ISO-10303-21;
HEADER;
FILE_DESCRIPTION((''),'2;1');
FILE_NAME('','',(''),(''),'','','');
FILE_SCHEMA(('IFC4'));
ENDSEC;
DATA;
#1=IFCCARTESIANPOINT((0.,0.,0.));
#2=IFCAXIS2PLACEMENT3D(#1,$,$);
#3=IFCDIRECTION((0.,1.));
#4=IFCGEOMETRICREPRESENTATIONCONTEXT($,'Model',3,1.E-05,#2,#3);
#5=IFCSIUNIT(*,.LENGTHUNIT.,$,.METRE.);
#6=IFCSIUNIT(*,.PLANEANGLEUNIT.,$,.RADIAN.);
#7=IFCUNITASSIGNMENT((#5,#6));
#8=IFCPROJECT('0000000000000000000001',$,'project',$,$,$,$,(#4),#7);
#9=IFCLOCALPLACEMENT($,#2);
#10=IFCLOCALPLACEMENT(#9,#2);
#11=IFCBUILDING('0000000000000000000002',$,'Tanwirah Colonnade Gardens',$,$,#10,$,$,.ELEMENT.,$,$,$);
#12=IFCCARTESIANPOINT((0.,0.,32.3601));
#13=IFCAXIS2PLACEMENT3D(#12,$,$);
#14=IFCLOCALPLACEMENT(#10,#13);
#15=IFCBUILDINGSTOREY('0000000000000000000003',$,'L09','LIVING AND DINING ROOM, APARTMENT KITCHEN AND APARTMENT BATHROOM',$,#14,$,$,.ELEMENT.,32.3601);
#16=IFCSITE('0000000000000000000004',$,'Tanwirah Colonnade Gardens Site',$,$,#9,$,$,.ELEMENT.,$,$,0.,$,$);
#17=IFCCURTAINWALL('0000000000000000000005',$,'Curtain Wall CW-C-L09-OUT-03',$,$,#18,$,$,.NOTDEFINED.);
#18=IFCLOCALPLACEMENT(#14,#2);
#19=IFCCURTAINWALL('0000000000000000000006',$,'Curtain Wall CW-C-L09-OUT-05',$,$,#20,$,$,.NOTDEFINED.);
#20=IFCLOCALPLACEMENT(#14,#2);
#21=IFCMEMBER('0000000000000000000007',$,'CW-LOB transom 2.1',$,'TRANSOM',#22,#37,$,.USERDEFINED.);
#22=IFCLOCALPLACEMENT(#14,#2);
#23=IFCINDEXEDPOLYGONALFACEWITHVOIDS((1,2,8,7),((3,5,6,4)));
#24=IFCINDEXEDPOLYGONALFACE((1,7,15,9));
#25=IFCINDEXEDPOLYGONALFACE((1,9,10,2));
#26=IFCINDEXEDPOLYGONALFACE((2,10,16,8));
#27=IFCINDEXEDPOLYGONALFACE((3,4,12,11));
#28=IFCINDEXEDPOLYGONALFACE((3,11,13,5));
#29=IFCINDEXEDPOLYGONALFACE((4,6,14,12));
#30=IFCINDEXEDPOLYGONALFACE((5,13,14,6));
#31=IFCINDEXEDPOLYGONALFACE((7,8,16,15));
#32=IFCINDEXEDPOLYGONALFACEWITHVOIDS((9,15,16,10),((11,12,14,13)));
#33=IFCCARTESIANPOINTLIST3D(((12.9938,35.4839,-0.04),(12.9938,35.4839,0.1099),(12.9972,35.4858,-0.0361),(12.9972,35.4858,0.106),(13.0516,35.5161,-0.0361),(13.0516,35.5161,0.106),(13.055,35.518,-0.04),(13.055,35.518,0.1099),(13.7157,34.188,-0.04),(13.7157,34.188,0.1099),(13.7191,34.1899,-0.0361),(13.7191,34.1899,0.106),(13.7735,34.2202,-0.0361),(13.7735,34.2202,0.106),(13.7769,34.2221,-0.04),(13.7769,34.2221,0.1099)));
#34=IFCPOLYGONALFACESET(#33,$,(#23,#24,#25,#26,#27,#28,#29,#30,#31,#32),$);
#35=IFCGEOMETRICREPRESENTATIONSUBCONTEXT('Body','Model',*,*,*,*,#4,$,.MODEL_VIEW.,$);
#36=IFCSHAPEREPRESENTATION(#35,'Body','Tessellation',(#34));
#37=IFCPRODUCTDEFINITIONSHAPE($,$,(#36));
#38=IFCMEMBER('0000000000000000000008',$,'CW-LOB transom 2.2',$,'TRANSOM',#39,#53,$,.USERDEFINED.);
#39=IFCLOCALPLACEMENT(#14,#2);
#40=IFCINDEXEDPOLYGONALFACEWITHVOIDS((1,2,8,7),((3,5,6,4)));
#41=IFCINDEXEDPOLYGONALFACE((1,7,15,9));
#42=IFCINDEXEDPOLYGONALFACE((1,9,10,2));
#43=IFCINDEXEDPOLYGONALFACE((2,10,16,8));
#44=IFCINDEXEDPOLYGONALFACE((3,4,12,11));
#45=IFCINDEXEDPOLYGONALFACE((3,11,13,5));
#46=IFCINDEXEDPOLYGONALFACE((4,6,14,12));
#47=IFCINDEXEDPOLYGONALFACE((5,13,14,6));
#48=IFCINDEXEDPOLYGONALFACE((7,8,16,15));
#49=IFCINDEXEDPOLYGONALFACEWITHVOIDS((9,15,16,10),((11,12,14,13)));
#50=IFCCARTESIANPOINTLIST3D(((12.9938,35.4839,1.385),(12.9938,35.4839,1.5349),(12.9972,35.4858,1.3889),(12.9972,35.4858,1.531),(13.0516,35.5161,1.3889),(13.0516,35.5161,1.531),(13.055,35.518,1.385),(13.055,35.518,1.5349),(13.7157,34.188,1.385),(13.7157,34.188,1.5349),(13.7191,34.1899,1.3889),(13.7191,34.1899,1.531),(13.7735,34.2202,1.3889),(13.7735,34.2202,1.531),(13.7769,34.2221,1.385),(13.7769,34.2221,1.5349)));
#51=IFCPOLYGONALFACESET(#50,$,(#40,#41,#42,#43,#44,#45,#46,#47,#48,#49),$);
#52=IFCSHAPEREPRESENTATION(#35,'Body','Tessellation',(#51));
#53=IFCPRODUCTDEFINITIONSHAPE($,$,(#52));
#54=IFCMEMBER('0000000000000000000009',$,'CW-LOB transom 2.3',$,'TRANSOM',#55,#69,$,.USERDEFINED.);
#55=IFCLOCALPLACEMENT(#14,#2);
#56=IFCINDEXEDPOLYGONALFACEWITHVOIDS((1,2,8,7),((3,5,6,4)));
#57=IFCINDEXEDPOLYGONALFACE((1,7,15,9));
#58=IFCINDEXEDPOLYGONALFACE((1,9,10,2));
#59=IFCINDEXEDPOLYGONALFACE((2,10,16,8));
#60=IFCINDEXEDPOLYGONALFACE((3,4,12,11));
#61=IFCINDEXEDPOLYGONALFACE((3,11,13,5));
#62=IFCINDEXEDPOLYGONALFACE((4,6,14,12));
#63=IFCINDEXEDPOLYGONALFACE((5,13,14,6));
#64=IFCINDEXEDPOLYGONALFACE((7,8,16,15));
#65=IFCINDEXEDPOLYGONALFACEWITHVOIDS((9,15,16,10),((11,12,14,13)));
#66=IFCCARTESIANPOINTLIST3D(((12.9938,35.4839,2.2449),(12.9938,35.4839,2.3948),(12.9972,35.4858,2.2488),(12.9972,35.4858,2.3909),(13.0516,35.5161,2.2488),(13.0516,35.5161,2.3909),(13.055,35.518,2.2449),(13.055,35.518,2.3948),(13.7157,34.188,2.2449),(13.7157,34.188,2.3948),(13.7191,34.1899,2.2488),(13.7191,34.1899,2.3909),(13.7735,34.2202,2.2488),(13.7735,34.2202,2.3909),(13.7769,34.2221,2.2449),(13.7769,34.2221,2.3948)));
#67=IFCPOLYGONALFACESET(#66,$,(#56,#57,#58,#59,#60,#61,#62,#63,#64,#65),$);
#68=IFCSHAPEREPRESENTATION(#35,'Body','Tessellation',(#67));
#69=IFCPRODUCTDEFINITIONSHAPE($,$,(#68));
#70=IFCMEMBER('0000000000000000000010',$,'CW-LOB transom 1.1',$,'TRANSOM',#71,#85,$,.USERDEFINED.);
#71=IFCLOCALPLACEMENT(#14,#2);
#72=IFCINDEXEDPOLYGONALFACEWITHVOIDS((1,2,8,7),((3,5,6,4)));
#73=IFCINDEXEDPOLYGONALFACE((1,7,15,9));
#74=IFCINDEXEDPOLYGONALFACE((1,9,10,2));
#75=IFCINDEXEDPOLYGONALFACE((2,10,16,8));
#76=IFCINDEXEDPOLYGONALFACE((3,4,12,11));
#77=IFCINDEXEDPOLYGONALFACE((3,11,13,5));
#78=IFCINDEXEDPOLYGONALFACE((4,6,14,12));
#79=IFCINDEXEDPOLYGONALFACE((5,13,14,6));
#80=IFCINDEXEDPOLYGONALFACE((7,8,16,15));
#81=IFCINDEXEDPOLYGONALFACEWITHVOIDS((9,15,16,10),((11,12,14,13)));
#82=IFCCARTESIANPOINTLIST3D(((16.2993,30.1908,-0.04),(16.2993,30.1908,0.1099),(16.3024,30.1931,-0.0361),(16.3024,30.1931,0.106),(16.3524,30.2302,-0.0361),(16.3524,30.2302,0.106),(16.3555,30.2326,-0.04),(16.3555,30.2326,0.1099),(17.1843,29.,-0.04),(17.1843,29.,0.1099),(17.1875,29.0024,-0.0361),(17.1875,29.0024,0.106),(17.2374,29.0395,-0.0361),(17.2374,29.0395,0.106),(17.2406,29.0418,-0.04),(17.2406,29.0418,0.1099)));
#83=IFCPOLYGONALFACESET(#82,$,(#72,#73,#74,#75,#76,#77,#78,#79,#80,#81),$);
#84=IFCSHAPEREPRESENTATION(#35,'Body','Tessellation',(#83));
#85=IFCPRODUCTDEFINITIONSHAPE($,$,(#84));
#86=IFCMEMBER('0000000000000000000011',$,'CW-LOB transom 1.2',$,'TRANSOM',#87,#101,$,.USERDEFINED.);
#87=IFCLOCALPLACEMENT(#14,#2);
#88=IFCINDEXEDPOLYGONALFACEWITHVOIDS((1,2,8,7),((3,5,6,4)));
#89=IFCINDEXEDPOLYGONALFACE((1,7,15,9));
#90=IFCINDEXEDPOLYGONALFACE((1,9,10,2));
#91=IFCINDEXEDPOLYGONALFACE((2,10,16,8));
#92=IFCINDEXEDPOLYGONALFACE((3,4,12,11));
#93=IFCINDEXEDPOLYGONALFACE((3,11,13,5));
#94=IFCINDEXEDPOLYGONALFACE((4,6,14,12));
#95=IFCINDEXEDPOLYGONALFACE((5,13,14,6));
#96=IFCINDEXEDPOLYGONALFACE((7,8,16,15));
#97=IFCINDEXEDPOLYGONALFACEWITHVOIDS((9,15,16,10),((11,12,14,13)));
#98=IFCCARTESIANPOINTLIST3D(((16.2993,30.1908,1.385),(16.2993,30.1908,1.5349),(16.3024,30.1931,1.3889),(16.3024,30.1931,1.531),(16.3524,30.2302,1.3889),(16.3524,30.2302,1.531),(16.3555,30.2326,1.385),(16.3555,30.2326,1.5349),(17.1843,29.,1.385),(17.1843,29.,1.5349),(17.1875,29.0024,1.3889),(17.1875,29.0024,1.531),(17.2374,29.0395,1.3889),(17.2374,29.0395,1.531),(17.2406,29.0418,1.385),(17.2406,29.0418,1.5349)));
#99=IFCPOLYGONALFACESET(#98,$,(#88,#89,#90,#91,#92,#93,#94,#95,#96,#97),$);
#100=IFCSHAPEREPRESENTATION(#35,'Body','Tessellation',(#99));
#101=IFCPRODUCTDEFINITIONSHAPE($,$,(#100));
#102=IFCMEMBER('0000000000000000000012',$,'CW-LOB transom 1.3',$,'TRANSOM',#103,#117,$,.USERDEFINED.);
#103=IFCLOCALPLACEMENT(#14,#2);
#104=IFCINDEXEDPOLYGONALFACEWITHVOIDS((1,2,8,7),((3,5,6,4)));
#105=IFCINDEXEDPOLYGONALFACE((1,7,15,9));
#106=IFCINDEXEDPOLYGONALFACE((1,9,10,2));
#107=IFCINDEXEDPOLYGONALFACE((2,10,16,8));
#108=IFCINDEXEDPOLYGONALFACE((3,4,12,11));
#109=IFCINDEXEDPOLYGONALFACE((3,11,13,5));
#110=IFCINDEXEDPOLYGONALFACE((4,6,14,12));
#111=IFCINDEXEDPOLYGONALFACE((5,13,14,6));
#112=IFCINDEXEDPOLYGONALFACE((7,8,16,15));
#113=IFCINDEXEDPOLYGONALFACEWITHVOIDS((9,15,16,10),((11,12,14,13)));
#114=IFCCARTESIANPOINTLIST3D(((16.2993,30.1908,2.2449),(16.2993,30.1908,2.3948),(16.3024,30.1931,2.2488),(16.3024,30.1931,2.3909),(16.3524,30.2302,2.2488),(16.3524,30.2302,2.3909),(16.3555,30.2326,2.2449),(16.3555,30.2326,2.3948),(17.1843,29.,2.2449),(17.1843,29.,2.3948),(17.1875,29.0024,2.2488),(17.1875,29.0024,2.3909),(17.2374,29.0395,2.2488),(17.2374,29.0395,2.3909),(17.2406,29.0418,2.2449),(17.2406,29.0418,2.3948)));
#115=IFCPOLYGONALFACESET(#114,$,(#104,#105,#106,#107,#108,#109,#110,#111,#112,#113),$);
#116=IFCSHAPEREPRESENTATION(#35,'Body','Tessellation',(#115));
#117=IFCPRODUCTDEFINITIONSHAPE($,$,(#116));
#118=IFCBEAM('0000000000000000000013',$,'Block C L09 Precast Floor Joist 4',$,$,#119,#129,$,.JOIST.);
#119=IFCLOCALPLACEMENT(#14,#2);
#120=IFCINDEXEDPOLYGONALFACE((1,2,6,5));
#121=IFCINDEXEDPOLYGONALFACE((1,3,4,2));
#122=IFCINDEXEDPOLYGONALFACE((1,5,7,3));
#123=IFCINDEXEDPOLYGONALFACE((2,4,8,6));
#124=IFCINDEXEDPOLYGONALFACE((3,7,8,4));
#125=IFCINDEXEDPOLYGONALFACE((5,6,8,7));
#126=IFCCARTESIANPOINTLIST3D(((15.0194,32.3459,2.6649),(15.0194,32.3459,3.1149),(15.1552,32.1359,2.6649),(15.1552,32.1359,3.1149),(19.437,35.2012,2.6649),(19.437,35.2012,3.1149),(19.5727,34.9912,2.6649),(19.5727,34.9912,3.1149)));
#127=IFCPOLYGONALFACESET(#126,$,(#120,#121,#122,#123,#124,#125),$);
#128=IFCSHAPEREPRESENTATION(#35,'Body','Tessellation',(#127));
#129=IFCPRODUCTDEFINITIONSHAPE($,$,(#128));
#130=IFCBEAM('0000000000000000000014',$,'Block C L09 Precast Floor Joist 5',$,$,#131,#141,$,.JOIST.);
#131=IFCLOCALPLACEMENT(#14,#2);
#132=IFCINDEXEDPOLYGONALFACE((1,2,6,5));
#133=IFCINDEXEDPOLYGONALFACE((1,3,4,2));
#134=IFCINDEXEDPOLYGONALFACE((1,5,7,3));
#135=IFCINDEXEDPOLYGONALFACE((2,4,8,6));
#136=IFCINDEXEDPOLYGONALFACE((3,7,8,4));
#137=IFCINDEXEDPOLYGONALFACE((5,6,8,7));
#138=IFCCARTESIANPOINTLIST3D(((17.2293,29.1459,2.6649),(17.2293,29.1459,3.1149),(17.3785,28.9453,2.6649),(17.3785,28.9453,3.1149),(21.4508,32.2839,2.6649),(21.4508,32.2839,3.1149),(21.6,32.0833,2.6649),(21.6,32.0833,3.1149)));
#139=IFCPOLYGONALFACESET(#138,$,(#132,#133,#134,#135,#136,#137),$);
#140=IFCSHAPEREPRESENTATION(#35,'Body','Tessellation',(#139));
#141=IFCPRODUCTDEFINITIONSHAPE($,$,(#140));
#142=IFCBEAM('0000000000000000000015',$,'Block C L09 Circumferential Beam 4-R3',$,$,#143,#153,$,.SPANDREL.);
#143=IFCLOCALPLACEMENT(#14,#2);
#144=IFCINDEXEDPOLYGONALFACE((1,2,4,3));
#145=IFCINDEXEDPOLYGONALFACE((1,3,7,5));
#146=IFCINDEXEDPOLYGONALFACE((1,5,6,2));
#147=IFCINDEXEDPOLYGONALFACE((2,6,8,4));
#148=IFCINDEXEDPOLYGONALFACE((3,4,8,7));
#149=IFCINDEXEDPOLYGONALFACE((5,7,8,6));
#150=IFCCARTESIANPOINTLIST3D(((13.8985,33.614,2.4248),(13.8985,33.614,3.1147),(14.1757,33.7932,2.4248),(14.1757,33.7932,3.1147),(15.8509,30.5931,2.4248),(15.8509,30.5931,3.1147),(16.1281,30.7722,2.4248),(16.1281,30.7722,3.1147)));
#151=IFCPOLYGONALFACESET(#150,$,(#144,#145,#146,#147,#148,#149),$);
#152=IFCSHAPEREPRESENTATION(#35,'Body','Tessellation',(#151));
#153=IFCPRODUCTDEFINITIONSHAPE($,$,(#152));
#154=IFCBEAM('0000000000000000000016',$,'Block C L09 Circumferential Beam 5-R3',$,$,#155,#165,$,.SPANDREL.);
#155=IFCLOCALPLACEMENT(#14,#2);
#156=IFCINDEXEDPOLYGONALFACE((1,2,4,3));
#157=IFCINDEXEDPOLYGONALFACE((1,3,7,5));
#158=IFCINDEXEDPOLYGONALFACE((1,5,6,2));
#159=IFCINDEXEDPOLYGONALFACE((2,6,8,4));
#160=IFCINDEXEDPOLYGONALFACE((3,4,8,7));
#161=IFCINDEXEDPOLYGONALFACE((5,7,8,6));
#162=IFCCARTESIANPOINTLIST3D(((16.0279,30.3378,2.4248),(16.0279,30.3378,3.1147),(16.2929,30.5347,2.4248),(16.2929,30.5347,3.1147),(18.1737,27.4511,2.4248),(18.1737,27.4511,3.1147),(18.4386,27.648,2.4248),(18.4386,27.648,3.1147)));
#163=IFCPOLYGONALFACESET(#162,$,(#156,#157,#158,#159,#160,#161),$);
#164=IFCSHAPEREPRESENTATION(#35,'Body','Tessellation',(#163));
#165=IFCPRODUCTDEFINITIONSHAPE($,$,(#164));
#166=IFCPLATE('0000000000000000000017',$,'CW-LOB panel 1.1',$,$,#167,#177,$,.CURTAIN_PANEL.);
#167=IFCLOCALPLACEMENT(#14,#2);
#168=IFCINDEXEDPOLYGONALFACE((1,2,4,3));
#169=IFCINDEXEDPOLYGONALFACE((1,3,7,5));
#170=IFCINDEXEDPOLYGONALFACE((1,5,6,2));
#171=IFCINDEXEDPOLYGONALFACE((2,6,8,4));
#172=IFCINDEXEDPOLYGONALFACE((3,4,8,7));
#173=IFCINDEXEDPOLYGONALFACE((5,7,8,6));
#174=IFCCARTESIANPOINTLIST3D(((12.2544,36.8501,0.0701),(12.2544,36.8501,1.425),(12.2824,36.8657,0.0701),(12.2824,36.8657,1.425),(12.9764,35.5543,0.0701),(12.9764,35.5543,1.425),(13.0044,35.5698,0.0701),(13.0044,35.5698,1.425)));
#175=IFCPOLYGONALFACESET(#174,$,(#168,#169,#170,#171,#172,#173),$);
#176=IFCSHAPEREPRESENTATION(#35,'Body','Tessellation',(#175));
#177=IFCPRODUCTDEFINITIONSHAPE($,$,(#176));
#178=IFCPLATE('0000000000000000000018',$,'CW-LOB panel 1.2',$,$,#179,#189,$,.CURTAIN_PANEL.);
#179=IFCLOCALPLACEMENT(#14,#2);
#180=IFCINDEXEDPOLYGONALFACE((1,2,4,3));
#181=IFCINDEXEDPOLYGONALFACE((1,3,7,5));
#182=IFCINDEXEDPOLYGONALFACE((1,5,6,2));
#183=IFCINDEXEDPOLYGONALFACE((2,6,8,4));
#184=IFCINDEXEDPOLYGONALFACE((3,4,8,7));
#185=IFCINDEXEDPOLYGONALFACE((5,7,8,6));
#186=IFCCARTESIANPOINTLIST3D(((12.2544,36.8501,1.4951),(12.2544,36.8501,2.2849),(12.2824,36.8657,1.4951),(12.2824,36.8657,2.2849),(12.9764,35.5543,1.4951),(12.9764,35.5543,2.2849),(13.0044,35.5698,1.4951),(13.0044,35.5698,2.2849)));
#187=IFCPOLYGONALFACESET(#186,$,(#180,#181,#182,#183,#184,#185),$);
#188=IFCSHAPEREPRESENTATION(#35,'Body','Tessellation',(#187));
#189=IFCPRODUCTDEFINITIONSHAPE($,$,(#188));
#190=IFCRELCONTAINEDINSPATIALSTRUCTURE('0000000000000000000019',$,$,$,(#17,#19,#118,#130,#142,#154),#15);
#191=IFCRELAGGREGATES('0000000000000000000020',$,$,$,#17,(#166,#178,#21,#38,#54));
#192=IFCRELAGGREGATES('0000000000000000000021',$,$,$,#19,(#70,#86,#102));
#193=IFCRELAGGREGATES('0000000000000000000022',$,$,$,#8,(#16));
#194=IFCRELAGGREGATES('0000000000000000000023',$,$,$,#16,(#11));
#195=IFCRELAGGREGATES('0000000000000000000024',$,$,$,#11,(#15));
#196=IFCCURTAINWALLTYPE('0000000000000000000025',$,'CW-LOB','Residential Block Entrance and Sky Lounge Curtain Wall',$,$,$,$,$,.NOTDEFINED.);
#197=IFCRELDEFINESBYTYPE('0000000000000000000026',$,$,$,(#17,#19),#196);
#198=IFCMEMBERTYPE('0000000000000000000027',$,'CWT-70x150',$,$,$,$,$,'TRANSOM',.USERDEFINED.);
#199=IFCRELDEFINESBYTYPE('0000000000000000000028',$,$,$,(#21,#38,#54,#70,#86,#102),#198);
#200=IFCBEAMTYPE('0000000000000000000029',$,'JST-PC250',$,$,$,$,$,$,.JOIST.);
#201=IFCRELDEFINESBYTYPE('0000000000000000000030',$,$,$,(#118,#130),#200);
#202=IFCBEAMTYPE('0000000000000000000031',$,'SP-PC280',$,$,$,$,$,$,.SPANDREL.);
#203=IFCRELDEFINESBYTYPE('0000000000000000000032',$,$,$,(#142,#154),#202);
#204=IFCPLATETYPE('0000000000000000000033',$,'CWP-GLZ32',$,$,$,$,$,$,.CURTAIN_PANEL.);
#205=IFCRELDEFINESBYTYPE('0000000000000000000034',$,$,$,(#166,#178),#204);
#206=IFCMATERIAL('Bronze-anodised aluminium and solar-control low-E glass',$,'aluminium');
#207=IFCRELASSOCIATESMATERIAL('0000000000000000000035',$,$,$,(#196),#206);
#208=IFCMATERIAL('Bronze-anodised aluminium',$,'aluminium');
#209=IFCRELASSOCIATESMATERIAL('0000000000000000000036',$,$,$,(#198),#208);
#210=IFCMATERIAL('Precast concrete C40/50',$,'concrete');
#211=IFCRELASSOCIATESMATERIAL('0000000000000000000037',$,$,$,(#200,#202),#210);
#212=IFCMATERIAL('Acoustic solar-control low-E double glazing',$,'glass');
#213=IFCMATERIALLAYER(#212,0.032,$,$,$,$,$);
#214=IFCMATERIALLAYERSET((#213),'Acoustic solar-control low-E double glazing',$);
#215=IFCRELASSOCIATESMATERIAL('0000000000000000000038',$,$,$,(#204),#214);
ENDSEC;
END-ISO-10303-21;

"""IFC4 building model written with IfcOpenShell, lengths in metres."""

from ifc_helpers import new_model, si_unit, direction, frame, origin, origin_2d, place, context, subcontext, project, spatial, rectangle, hollow_rectangle, extrude, material, layer, layer_set, material_profile, profile_set, type_object, element, aggregate, save


model = new_model("IFC4")

# Units and contexts
model_context = context("Model", 3, precision=1e-05, world=origin(), true_north=direction((0.0, 1.0)))
body_context = subcontext(model_context, "Body", "Model", "MODEL_VIEW")
ifc_project = project(units=[si_unit("LENGTHUNIT", "METRE"), si_unit("PLANEANGLEUNIT", "RADIAN")], contexts=[model_context])

# Site, building, storey
site_placement = place(None, origin())
site = spatial("IfcSite", under=ifc_project, at=site_placement, Name="Tanwirah Colonnade Gardens Site", CompositionType="ELEMENT", RefElevation=0.0)
building_placement = place(site_placement, origin())
building = spatial("IfcBuilding", under=site, at=building_placement, Name="Tanwirah Colonnade Gardens", CompositionType="ELEMENT")
storey_placement = place(building_placement, frame((0.0, 0.0, 32.3601)))
storey = spatial("IfcBuildingStorey", under=building, at=storey_placement, Name="L09", Description="LIVING AND DINING ROOM, APARTMENT KITCHEN AND APARTMENT BATHROOM", CompositionType="ELEMENT", Elevation=32.3601)

# Shared definitions
ifc_material_1 = material(Name="Precast concrete C40/50", Category="concrete")

# Curtain wall
ifc_material_2 = material(Name="Bronze-anodised aluminium and solar-control low-E glass", Category="aluminium")
curtain_wall_type = type_object("IfcCurtainWallType", Name="CW-LOB", Description="Residential Block Entrance and Sky Lounge Curtain Wall", PredefinedType="NOTDEFINED", material=ifc_material_2)
curtain_wall_1_placement = place(storey_placement, origin())
curtain_wall_1 = element("IfcCurtainWall", 1, at=curtain_wall_1_placement, inside=storey, type_object=curtain_wall_type, Name="Curtain Wall CW-C-L09-OUT-03", PredefinedType="NOTDEFINED")
ifc_material_3 = material(Name="Bronze-anodised aluminium", Category="aluminium")

# Curtain wall
curtain_wall_2_placement = place(storey_placement, origin())
curtain_wall_2 = element("IfcCurtainWall", 2, at=curtain_wall_2_placement, inside=storey, type_object=curtain_wall_type, Name="Curtain Wall CW-C-L09-OUT-05", PredefinedType="NOTDEFINED")

# Members
ifc_material_profile_1 = material_profile(ifc_material_3, hollow_rectangle(XDim=0.0701, YDim=0.1499, WallThickness=0.0039, at=origin_2d()), Name="CW-TRN 70x150x4")
ifc_profile_set_1 = profile_set([ifc_material_profile_1], Name="Bronze-anodised aluminium")
member_type_1 = type_object("IfcMemberType", Name="CWT-70x150", ElementType="TRANSOM", PredefinedType="USERDEFINED", material=ifc_profile_set_1)
member_1_placement = place(storey_placement, frame((13.0244, 35.501, 0.0349), z_axis=(0.486663, -0.87359, 0.0), x_axis=(0.87359, 0.486663, 0.0)))
member_1 = element("IfcMember", 3, at=member_1_placement, type_object=member_type_1, Name="CW-LOB transom 2.1", ObjectType="TRANSOM", PredefinedType="USERDEFINED", context=body_context, shape_type="SweptSolid", body=[
    extrude(hollow_rectangle(XDim=0.0701, YDim=0.1499, WallThickness=0.0039, at=origin_2d()), origin(), (0.0, 0.0, 1.0), 1.4834),
])
member_2_placement = place(storey_placement, frame((13.0244, 35.501, 1.46), z_axis=(0.486663, -0.87359, 0.0), x_axis=(0.87359, 0.486663, 0.0)))
member_2 = element("IfcMember", 4, at=member_2_placement, type_object=member_type_1, Name="CW-LOB transom 2.2", ObjectType="TRANSOM", PredefinedType="USERDEFINED", context=body_context, shape_type="SweptSolid", body=[
    extrude(hollow_rectangle(XDim=0.0701, YDim=0.1499, WallThickness=0.0039, at=origin_2d()), origin(), (0.0, 0.0, 1.0), 1.4834),
])
member_3_placement = place(storey_placement, frame((13.0244, 35.501, 2.3198), z_axis=(0.486663, -0.87359, 0.0), x_axis=(0.87359, 0.486663, 0.0)))
member_3 = element("IfcMember", 5, at=member_3_placement, type_object=member_type_1, Name="CW-LOB transom 2.3", ObjectType="TRANSOM", PredefinedType="USERDEFINED", context=body_context, shape_type="SweptSolid", body=[
    extrude(hollow_rectangle(XDim=0.0701, YDim=0.1499, WallThickness=0.0039, at=origin_2d()), origin(), (0.0, 0.0, 1.0), 1.4834),
])
member_4_placement = place(storey_placement, frame((16.3274, 30.2117, 0.0349), z_axis=(0.596545, -0.80258, 0.0), x_axis=(0.80258, 0.596545, 0.0)))
member_4 = element("IfcMember", 6, at=member_4_placement, type_object=member_type_1, Name="CW-LOB transom 1.1", ObjectType="TRANSOM", PredefinedType="USERDEFINED", context=body_context, shape_type="SweptSolid", body=[
    extrude(hollow_rectangle(XDim=0.0701, YDim=0.1499, WallThickness=0.0039, at=origin_2d()), origin(), (0.0, 0.0, 1.0), 1.4836),
])
member_5_placement = place(storey_placement, frame((16.3274, 30.2117, 1.46), z_axis=(0.596545, -0.80258, 0.0), x_axis=(0.80258, 0.596545, 0.0)))
member_5 = element("IfcMember", 7, at=member_5_placement, type_object=member_type_1, Name="CW-LOB transom 1.2", ObjectType="TRANSOM", PredefinedType="USERDEFINED", context=body_context, shape_type="SweptSolid", body=[
    extrude(hollow_rectangle(XDim=0.0701, YDim=0.1499, WallThickness=0.0039, at=origin_2d()), origin(), (0.0, 0.0, 1.0), 1.4836),
])
member_6_placement = place(storey_placement, frame((16.3274, 30.2117, 2.3198), z_axis=(0.596545, -0.80258, 0.0), x_axis=(0.80258, 0.596545, 0.0)))
member_6 = element("IfcMember", 8, at=member_6_placement, type_object=member_type_1, Name="CW-LOB transom 1.3", ObjectType="TRANSOM", PredefinedType="USERDEFINED", context=body_context, shape_type="SweptSolid", body=[
    extrude(hollow_rectangle(XDim=0.0701, YDim=0.1499, WallThickness=0.0039, at=origin_2d()), origin(), (0.0, 0.0, 1.0), 1.4836),
])

# Beams
ifc_material_profile_2 = material_profile(ifc_material_1, rectangle(XDim=0.25, YDim=0.45, at=origin_2d()), Name="PC-JST 250x450")
ifc_profile_set_2 = profile_set([ifc_material_profile_2], Name="Precast concrete C40/50")
beam_type_1 = type_object("IfcBeamType", Name="JST-PC250", PredefinedType="JOIST", material=ifc_profile_set_2)
for number, where, z_axis, x_axis, name in (
    (9, (19.5049, 35.0962, 2.8899), (-0.839843, -0.54283, 0.0), (0.54283, -0.839843, 0.0), "Block C L09 Precast Floor Joist 4"),
    (10, (21.5254, 32.1836, 2.8899), (-0.80256, -0.596571, 0.0), (0.596571, -0.80256, 0.0), "Block C L09 Precast Floor Joist 5"),
):
    element("IfcBeam", number, at=place(storey_placement, frame(where, z_axis=z_axis, x_axis=x_axis)), inside=storey, type_object=beam_type_1, Name=name, PredefinedType="JOIST", context=body_context, shape_type="SweptSolid", body=[
        extrude(rectangle(XDim=0.25, YDim=0.45, at=origin_2d()), origin(), (0.0, 0.0, 1.0), 5.26),
    ])
ifc_material_profile_3 = material_profile(ifc_material_1, rectangle(XDim=0.3301, YDim=0.6899, at=origin_2d()), Name="PC-SP 330x690")
ifc_profile_set_3 = profile_set([ifc_material_profile_3], Name="Precast concrete C40/50")
beam_type_2 = type_object("IfcBeamType", Name="SP-PC280", PredefinedType="SPANDREL", material=ifc_profile_set_3)
for number, where, z_axis, x_axis, name in (
    (11, (14.0371, 33.7036, 2.7698), (0.542787, -0.83987, 0.0), (0.83987, 0.542787, 0.0), "Block C L09 Circumferential Beam 4-R3"),
    (12, (16.1604, 30.4363, 2.7698), (0.596563, -0.802566, 0.0), (0.802566, 0.596563, 0.0), "Block C L09 Circumferential Beam 5-R3"),
):
    element("IfcBeam", number, at=place(storey_placement, frame(where, z_axis=z_axis, x_axis=x_axis)), inside=storey, type_object=beam_type_2, Name=name, PredefinedType="SPANDREL", context=body_context, shape_type="SweptSolid", body=[
        extrude(rectangle(XDim=0.3301, YDim=0.6899, at=origin_2d()), origin(), (0.0, 0.0, 1.0), 3.5969),
    ])

# Plates
ifc_material_4 = material(Name="Acoustic solar-control low-E double glazing", Category="glass")
ifc_layer_1 = layer(ifc_material_4, 0.032)
ifc_layer_set_1 = layer_set([ifc_layer_1], Name="Acoustic solar-control low-E double glazing")
plate_type = type_object("IfcPlateType", Name="CWP-GLZ32", PredefinedType="CURTAIN_PANEL", material=ifc_layer_set_1)
plate_1_placement = place(storey_placement, frame((12.6294, 36.21, 0.0701), z_axis=(0.0, 0.0, 1.0), x_axis=(0.486715, -0.873561, 0.0)))
plate_1 = element("IfcPlate", 13, at=plate_1_placement, type_object=plate_type, Name="CW-LOB panel 1.1", PredefinedType="CURTAIN_PANEL", context=body_context, shape_type="SweptSolid", body=[
    extrude(rectangle(XDim=1.4834, YDim=0.032, at=origin_2d()), origin(), (0.0, 0.0, 1.0), 1.355),
])
plate_2_placement = place(storey_placement, frame((12.6294, 36.21, 1.4951), z_axis=(0.0, 0.0, 1.0), x_axis=(0.486715, -0.873561, 0.0)))
plate_2 = element("IfcPlate", 14, at=plate_2_placement, type_object=plate_type, Name="CW-LOB panel 1.2", PredefinedType="CURTAIN_PANEL", context=body_context, shape_type="SweptSolid", body=[
    extrude(rectangle(XDim=1.4834, YDim=0.032, at=origin_2d()), origin(), (0.0, 0.0, 1.0), 0.7898),
])
aggregate(curtain_wall_1, [plate_1, plate_2, member_1, member_2, member_3])
aggregate(curtain_wall_2, [member_4, member_5, member_6])

save(model, "model.ifc")
